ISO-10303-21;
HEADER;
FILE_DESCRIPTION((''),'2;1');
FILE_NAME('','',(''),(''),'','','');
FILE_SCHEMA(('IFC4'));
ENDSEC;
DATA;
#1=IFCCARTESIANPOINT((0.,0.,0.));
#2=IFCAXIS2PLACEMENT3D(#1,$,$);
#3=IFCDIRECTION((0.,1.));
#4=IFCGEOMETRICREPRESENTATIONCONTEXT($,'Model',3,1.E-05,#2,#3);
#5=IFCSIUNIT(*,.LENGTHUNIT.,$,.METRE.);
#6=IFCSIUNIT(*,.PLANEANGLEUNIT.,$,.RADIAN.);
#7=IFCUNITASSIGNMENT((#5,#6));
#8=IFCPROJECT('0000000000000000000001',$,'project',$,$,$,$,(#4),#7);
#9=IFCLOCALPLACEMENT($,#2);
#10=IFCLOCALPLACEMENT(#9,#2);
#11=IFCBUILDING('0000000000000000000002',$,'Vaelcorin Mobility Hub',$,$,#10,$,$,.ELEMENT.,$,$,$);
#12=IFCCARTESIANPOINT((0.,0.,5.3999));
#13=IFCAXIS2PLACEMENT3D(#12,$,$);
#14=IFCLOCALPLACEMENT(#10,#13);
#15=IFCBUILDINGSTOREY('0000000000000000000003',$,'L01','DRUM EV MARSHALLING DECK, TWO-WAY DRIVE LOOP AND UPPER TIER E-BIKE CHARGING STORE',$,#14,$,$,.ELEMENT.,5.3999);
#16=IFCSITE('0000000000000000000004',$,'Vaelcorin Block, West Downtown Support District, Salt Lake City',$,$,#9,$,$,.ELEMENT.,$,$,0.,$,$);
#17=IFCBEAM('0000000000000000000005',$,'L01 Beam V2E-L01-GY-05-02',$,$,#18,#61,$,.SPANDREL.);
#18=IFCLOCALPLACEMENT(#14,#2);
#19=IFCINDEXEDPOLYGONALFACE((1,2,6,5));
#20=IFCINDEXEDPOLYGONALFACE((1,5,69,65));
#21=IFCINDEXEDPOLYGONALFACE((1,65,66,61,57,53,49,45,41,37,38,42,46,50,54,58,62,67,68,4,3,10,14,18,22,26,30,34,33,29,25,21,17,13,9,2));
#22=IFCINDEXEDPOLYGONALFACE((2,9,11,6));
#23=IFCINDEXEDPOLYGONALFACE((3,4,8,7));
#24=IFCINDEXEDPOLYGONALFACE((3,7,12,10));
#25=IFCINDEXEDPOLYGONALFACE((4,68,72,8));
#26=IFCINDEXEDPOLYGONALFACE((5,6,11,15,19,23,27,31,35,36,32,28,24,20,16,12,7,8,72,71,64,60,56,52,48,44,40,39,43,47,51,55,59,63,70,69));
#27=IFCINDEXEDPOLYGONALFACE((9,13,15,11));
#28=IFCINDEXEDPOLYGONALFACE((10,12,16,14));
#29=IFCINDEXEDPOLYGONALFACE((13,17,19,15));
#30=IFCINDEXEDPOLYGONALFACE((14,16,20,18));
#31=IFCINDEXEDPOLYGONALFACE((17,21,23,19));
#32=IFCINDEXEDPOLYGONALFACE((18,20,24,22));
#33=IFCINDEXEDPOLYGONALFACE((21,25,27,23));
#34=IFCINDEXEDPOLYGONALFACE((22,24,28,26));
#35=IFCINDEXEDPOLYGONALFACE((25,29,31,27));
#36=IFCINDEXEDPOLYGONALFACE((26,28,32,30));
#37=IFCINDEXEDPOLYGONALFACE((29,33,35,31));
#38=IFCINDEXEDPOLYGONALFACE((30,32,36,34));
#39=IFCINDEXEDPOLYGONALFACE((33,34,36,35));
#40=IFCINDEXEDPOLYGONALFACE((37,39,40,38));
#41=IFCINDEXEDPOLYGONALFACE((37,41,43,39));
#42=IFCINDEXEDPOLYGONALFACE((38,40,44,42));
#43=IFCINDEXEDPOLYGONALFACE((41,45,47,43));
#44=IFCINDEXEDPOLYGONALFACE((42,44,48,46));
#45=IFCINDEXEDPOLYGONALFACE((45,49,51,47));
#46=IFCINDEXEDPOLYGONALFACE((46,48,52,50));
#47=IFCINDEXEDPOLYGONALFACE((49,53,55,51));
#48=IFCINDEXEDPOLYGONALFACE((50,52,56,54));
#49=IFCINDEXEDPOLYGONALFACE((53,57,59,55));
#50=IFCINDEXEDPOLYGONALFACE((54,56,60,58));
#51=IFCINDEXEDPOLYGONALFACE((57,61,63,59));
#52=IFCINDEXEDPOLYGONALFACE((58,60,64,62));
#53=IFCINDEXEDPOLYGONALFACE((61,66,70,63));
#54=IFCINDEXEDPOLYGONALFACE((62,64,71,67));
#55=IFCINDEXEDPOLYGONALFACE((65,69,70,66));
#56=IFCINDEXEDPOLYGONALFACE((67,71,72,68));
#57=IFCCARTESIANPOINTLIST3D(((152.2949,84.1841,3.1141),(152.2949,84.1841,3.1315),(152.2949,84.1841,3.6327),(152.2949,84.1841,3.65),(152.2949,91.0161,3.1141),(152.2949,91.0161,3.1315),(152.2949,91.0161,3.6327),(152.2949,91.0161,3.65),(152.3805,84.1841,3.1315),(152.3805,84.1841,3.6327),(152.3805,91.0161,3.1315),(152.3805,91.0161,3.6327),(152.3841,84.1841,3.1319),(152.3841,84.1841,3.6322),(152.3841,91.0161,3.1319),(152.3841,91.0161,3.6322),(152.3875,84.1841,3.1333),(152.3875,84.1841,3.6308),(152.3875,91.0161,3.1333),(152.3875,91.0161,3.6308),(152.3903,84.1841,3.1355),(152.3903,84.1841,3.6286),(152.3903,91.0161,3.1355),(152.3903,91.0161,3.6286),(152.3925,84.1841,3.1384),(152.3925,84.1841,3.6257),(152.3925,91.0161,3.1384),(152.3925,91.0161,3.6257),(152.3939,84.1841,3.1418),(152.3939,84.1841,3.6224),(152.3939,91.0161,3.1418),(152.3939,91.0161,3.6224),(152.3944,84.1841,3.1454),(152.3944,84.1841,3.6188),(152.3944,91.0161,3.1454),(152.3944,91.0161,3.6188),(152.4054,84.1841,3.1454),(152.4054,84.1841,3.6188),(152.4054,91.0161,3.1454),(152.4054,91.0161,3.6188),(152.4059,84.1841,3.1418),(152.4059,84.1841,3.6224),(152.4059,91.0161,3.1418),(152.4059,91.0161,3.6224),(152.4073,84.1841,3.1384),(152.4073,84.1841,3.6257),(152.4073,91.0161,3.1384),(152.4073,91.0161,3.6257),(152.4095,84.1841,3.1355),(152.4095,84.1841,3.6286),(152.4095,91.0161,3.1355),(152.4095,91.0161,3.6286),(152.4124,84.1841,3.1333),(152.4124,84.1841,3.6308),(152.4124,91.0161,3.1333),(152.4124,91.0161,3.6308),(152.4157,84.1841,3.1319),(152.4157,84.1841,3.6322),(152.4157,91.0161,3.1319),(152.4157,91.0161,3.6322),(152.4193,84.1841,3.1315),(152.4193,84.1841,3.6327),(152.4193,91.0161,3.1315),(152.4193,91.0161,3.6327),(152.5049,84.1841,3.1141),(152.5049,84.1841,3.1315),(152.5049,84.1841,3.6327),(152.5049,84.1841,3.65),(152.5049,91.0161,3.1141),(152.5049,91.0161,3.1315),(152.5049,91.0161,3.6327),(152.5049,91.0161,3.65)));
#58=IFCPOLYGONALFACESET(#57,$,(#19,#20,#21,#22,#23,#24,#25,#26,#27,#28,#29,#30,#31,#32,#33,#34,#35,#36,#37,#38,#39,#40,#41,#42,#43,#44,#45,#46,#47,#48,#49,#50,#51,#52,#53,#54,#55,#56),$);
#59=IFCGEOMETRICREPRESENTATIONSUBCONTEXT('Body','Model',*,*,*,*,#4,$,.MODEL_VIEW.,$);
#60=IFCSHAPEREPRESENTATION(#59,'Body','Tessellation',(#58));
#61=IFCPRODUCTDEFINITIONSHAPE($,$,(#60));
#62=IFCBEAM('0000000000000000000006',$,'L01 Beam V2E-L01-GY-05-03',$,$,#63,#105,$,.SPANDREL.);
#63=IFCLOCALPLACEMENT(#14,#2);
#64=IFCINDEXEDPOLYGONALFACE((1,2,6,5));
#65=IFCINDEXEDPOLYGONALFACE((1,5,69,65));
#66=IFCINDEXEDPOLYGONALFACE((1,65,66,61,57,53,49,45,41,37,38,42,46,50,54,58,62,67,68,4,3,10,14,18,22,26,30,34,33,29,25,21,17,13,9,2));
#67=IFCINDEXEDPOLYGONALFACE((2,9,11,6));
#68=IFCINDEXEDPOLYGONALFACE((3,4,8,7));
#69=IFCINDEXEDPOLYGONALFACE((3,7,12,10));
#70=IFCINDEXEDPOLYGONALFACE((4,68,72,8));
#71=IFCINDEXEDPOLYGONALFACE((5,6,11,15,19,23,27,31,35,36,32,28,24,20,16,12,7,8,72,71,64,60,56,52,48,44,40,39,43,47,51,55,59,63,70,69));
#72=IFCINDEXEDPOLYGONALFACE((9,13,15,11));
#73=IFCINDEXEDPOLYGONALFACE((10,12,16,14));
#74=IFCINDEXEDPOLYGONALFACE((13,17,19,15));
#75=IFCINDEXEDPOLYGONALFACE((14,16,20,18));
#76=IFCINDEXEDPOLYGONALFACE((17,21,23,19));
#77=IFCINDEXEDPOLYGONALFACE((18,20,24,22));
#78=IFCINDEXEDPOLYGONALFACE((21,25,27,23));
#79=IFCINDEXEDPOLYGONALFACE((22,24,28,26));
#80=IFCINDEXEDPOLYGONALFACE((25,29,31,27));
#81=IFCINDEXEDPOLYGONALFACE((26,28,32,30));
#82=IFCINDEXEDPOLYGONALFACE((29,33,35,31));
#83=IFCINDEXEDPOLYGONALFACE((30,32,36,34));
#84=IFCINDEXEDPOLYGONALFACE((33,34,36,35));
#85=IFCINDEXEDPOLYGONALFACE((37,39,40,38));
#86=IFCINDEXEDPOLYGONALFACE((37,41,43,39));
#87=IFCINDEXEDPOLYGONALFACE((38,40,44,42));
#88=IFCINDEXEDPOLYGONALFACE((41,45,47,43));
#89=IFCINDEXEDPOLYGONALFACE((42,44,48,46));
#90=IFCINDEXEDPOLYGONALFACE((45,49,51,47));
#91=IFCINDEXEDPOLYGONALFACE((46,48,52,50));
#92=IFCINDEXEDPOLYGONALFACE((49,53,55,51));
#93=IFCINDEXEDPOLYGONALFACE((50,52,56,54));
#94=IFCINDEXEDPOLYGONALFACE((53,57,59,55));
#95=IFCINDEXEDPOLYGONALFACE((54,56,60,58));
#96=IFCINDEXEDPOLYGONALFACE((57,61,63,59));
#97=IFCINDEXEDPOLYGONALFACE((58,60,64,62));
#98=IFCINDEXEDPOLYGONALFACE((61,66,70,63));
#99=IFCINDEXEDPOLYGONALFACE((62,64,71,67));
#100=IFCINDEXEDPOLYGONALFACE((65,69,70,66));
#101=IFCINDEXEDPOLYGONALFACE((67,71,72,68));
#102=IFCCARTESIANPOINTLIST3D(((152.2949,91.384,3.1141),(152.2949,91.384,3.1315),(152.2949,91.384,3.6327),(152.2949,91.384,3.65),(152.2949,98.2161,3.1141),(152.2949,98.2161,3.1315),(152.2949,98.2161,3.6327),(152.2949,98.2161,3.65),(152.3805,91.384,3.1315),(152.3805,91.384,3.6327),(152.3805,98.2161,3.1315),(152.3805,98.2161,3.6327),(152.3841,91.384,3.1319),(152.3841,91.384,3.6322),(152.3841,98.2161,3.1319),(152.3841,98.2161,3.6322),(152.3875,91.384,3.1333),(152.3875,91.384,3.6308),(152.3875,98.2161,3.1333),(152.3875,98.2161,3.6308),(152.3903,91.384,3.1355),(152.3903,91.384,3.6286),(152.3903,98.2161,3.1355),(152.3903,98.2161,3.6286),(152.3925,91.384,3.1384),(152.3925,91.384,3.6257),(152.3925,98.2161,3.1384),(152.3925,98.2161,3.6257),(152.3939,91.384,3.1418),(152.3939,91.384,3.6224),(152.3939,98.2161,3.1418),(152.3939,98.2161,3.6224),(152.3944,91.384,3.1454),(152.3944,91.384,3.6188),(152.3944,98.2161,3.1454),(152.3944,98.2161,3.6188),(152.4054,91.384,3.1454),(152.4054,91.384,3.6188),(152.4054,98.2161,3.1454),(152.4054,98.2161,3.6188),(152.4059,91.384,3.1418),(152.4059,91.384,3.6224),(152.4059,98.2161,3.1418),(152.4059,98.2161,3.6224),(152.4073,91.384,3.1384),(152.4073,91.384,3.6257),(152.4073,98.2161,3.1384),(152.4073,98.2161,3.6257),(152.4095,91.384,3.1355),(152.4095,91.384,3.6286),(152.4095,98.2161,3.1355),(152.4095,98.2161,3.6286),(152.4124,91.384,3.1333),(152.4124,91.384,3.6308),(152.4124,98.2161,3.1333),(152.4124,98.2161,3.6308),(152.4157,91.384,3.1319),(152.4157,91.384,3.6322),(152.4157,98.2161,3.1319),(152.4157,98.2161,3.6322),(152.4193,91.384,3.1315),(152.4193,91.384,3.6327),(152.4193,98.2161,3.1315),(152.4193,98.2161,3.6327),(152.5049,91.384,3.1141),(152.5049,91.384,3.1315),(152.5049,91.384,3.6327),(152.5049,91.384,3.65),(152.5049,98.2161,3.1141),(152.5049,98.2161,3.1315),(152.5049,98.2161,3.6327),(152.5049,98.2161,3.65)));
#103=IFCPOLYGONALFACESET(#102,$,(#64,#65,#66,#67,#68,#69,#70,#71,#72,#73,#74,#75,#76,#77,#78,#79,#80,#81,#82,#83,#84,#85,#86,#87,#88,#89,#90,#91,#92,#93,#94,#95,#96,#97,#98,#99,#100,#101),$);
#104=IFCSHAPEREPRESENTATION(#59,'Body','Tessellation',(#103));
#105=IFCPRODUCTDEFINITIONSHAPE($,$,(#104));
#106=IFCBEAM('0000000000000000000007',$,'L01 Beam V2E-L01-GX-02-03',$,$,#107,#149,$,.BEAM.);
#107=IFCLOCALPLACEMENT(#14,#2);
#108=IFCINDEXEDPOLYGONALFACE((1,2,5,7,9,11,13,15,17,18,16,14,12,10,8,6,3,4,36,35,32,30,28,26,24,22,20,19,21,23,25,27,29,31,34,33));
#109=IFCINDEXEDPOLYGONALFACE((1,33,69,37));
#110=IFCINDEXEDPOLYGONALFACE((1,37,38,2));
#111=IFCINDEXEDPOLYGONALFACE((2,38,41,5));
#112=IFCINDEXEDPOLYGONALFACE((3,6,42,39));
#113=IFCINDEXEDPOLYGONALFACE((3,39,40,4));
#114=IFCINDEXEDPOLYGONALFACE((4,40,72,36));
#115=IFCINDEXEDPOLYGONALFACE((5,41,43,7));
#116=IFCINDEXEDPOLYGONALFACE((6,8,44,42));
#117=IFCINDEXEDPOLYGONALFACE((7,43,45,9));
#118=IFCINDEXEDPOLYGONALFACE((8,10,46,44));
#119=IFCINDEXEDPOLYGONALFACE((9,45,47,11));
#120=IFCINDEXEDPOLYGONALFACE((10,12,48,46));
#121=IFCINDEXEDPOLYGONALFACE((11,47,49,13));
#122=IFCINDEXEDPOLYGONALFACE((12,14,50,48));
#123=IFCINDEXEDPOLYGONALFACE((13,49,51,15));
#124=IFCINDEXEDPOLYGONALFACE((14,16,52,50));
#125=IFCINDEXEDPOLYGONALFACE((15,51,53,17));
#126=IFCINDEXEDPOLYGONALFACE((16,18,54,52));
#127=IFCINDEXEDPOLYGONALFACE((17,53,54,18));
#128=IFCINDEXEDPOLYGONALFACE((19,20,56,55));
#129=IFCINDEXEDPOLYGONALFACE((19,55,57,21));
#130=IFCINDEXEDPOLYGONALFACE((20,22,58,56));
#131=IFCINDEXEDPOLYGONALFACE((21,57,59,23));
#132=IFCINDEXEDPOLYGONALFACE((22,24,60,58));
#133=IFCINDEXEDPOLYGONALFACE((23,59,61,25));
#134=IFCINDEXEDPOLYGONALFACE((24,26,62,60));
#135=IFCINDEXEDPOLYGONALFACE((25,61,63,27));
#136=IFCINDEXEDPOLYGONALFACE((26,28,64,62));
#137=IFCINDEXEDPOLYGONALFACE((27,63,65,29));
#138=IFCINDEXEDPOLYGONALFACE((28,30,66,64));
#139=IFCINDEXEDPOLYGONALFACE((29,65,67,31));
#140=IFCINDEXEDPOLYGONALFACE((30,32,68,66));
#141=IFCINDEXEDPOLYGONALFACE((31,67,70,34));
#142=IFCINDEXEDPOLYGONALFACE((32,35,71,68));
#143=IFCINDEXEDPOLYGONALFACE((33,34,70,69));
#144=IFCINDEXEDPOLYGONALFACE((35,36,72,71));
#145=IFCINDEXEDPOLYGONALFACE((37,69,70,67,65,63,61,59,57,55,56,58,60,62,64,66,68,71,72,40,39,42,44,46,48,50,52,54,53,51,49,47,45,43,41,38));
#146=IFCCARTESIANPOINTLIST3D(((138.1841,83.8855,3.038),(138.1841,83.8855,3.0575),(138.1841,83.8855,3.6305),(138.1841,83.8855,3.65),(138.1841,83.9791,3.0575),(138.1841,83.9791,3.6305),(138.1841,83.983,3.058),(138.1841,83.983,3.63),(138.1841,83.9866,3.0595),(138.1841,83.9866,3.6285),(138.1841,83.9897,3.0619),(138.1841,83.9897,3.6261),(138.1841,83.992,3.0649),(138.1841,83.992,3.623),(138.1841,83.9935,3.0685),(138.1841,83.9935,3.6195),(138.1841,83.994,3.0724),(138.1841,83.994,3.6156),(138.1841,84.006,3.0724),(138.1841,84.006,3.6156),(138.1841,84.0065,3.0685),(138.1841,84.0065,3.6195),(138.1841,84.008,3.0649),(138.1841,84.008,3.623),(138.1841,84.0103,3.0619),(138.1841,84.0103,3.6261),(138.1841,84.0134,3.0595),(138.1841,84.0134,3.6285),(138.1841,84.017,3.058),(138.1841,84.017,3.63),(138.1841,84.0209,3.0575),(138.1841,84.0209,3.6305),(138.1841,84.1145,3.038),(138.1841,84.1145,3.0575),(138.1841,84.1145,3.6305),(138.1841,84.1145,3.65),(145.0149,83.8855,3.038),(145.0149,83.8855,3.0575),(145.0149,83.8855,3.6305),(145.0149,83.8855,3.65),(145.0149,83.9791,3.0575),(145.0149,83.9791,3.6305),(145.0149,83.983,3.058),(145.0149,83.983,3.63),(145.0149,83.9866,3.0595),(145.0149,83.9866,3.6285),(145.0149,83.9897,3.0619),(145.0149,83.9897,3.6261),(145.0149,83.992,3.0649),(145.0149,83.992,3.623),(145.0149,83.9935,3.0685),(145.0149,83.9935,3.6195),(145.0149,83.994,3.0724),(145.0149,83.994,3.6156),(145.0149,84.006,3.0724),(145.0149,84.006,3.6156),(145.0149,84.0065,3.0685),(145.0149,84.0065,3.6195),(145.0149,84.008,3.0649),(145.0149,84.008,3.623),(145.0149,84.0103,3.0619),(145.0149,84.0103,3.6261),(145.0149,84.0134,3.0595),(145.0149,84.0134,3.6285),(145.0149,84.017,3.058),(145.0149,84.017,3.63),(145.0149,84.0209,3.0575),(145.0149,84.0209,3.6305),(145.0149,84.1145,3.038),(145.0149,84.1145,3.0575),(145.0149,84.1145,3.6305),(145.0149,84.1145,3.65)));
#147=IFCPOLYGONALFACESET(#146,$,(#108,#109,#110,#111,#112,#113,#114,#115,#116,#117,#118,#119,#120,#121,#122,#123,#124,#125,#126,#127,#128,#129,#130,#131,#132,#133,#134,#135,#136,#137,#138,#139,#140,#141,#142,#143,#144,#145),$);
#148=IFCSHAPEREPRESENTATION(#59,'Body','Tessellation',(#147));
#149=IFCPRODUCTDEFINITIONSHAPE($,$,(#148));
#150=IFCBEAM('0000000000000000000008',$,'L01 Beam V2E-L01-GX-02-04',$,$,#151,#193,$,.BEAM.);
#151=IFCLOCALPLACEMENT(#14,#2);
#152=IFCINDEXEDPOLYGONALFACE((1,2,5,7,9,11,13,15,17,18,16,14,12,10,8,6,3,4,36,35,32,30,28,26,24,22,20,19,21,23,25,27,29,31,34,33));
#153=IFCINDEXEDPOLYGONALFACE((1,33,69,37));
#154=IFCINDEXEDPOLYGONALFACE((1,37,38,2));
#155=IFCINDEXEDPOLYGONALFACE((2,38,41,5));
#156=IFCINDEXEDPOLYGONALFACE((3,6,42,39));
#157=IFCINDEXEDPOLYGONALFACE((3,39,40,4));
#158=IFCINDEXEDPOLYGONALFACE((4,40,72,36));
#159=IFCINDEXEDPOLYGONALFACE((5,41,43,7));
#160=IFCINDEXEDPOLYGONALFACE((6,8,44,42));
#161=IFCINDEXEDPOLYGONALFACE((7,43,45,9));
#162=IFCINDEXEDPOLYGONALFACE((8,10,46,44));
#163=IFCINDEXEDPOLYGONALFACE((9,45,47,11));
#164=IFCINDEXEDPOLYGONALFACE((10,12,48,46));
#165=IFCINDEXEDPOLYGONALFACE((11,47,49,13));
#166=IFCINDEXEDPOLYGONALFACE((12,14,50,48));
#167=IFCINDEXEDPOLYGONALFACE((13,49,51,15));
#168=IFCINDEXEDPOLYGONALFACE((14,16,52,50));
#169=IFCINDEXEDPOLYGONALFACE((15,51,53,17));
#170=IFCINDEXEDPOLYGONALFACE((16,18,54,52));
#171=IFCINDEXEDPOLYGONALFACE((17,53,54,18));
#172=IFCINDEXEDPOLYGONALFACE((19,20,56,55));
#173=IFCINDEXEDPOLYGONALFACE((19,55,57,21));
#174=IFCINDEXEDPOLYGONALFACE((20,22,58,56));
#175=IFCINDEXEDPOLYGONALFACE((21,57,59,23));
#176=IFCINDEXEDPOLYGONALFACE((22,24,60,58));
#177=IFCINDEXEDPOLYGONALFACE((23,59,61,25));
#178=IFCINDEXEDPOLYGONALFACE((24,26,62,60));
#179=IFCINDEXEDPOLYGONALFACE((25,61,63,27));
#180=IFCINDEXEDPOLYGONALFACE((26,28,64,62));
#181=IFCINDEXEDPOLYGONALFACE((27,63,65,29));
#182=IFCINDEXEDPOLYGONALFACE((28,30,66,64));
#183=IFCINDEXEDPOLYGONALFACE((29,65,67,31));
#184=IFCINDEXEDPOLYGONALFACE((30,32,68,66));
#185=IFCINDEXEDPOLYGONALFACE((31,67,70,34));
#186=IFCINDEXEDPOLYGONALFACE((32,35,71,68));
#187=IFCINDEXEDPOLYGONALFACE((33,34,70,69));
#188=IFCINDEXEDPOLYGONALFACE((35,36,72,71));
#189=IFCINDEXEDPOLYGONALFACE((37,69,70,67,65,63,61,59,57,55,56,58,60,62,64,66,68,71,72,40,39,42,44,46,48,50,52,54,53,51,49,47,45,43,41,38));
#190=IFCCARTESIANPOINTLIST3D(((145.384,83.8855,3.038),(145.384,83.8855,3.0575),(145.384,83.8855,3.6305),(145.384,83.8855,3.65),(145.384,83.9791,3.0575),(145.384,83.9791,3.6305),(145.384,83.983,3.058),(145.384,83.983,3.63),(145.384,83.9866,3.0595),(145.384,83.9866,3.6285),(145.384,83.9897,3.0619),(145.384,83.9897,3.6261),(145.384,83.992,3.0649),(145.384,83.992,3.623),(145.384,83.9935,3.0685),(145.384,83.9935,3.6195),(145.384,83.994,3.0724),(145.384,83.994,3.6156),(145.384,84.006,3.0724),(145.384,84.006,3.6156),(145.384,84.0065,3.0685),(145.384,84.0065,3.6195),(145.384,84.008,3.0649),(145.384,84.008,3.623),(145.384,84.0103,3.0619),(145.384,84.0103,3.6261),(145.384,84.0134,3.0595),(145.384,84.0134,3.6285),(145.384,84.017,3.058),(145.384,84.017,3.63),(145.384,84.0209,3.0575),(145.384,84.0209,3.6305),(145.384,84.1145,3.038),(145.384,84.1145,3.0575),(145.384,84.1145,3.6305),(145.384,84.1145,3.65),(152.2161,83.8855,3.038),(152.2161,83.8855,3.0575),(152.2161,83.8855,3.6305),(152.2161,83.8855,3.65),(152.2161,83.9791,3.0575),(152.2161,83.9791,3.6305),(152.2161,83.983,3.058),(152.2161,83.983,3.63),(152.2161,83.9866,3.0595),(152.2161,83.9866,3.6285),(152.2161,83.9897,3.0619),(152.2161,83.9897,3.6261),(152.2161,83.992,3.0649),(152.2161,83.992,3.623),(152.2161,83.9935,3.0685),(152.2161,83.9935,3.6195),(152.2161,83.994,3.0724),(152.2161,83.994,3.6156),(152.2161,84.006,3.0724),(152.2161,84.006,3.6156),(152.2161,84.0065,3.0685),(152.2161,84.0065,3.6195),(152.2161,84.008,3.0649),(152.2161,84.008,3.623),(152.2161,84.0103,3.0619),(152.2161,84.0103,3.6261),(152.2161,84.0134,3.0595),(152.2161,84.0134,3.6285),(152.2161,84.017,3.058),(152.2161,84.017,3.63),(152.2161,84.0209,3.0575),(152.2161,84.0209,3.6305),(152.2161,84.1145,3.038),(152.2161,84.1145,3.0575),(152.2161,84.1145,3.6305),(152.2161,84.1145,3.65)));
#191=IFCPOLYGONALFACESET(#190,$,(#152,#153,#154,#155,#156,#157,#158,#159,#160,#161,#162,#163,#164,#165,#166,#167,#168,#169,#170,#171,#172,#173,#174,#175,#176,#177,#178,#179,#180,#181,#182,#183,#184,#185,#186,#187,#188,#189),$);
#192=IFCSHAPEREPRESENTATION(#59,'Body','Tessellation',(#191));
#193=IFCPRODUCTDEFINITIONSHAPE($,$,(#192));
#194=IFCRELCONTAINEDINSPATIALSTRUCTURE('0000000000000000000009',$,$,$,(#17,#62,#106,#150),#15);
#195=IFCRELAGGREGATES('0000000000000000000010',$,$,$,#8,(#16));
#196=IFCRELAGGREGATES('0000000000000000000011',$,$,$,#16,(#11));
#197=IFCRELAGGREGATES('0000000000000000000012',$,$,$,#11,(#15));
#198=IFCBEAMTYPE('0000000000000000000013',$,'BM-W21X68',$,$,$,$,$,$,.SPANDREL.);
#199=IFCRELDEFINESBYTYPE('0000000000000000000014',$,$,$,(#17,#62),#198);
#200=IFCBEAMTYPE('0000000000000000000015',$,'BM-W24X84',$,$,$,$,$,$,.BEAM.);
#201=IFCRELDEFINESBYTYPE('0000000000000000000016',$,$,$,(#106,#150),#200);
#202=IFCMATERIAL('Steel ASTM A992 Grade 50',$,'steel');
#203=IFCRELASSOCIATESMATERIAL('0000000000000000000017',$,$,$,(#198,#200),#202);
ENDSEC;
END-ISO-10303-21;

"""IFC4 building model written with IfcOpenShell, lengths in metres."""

from ifc_helpers import new_model, si_unit, direction, frame, origin, origin_2d, place, context, subcontext, project, spatial, i_section, extrude, material, material_profile, profile_set, type_object, element, save


model = new_model("IFC4")

# Units and contexts
model_context = context("Model", 3, precision=1e-05, world=origin(), true_north=direction((0.0, 1.0)))
body_context = subcontext(model_context, "Body", "Model", "MODEL_VIEW")
ifc_project = project(units=[si_unit("LENGTHUNIT", "METRE"), si_unit("PLANEANGLEUNIT", "RADIAN")], contexts=[model_context])

# Site, building, storey
site_placement = place(None, origin())
site = spatial("IfcSite", under=ifc_project, at=site_placement, Name="Vaelcorin Block, West Downtown Support District, Salt Lake City", CompositionType="ELEMENT", RefElevation=0.0)
building_placement = place(site_placement, origin())
building = spatial("IfcBuilding", under=site, at=building_placement, Name="Vaelcorin Mobility Hub", CompositionType="ELEMENT")
storey_placement = place(building_placement, frame((0.0, 0.0, 5.3999)))
storey = spatial("IfcBuildingStorey", under=building, at=storey_placement, Name="L01", Description="DRUM EV MARSHALLING DECK, TWO-WAY DRIVE LOOP AND UPPER TIER E-BIKE CHARGING STORE", CompositionType="ELEMENT", Elevation=5.3999)

# Shared definitions
ifc_material_1 = material(Name="Steel ASTM A992 Grade 50", Category="steel")

# Beams
ifc_material_profile_1 = material_profile(ifc_material_1, i_section(OverallWidth=0.21, OverallDepth=0.5359, WebThickness=0.011, FlangeThickness=0.0173, FilletRadius=0.0139, at=origin_2d()), Name="W21X68")
ifc_profile_set_1 = profile_set([ifc_material_profile_1], Name="Steel ASTM A992 Grade 50")
beam_type_1 = type_object("IfcBeamType", Name="BM-W21X68", PredefinedType="SPANDREL", material=ifc_profile_set_1)
for number, where, z_axis, x_axis, name in (
    (1, (152.3999, 84.1841, 3.3821), (0.0, 1.0, 0.0), (-1.0, 0.0, 0.0), "L01 Beam V2E-L01-GY-05-02"),
    (2, (152.3999, 91.384, 3.3821), (0.0, 1.0, 0.0), (-1.0, 0.0, 0.0), "L01 Beam V2E-L01-GY-05-03"),
):
    element("IfcBeam", number, at=place(storey_placement, frame(where, z_axis=z_axis, x_axis=x_axis)), inside=storey, type_object=beam_type_1, Name=name, PredefinedType="SPANDREL", context=body_context, shape_type="SweptSolid", body=[
        extrude(i_section(OverallWidth=0.21, OverallDepth=0.5359, WebThickness=0.011, FlangeThickness=0.0173, FilletRadius=0.0139, at=origin_2d()), origin(), (0.0, 0.0, 1.0), 6.832),
    ])
ifc_material_profile_2 = material_profile(ifc_material_1, i_section(OverallWidth=0.229, OverallDepth=0.6121, WebThickness=0.012, FlangeThickness=0.0195, FilletRadius=0.0149, at=origin_2d()), Name="W24X84")
ifc_profile_set_2 = profile_set([ifc_material_profile_2], Name="Steel ASTM A992 Grade 50")
beam_type_2 = type_object("IfcBeamType", Name="BM-W24X84", PredefinedType="BEAM", material=ifc_profile_set_2)
beam_1_placement = place(storey_placement, frame((138.1841, 84.0, 3.344), z_axis=(1.0, 0.0, 0.0), x_axis=(0.0, 1.0, 0.0)))
element("IfcBeam", 3, at=beam_1_placement, inside=storey, type_object=beam_type_2, Name="L01 Beam V2E-L01-GX-02-03", PredefinedType="BEAM", context=body_context, shape_type="SweptSolid", body=[
    extrude(i_section(OverallWidth=0.229, OverallDepth=0.6121, WebThickness=0.012, FlangeThickness=0.0195, FilletRadius=0.0149, at=origin_2d()), origin(), (0.0, 0.0, 1.0), 6.8308),
])
for number, where, z_axis, x_axis, name in (
    (4, (145.384, 84.0, 3.344), (1.0, 0.0, 0.0), (0.0, 1.0, 0.0), "L01 Beam V2E-L01-GX-02-04"),
):
    element("IfcBeam", number, at=place(storey_placement, frame(where, z_axis=z_axis, x_axis=x_axis)), inside=storey, type_object=beam_type_2, Name=name, PredefinedType="BEAM", context=body_context, shape_type="SweptSolid", body=[
        extrude(i_section(OverallWidth=0.229, OverallDepth=0.6121, WebThickness=0.012, FlangeThickness=0.0195, FilletRadius=0.0149, at=origin_2d()), origin(), (0.0, 0.0, 1.0), 6.832),
    ])

save(model, "model.ifc")
